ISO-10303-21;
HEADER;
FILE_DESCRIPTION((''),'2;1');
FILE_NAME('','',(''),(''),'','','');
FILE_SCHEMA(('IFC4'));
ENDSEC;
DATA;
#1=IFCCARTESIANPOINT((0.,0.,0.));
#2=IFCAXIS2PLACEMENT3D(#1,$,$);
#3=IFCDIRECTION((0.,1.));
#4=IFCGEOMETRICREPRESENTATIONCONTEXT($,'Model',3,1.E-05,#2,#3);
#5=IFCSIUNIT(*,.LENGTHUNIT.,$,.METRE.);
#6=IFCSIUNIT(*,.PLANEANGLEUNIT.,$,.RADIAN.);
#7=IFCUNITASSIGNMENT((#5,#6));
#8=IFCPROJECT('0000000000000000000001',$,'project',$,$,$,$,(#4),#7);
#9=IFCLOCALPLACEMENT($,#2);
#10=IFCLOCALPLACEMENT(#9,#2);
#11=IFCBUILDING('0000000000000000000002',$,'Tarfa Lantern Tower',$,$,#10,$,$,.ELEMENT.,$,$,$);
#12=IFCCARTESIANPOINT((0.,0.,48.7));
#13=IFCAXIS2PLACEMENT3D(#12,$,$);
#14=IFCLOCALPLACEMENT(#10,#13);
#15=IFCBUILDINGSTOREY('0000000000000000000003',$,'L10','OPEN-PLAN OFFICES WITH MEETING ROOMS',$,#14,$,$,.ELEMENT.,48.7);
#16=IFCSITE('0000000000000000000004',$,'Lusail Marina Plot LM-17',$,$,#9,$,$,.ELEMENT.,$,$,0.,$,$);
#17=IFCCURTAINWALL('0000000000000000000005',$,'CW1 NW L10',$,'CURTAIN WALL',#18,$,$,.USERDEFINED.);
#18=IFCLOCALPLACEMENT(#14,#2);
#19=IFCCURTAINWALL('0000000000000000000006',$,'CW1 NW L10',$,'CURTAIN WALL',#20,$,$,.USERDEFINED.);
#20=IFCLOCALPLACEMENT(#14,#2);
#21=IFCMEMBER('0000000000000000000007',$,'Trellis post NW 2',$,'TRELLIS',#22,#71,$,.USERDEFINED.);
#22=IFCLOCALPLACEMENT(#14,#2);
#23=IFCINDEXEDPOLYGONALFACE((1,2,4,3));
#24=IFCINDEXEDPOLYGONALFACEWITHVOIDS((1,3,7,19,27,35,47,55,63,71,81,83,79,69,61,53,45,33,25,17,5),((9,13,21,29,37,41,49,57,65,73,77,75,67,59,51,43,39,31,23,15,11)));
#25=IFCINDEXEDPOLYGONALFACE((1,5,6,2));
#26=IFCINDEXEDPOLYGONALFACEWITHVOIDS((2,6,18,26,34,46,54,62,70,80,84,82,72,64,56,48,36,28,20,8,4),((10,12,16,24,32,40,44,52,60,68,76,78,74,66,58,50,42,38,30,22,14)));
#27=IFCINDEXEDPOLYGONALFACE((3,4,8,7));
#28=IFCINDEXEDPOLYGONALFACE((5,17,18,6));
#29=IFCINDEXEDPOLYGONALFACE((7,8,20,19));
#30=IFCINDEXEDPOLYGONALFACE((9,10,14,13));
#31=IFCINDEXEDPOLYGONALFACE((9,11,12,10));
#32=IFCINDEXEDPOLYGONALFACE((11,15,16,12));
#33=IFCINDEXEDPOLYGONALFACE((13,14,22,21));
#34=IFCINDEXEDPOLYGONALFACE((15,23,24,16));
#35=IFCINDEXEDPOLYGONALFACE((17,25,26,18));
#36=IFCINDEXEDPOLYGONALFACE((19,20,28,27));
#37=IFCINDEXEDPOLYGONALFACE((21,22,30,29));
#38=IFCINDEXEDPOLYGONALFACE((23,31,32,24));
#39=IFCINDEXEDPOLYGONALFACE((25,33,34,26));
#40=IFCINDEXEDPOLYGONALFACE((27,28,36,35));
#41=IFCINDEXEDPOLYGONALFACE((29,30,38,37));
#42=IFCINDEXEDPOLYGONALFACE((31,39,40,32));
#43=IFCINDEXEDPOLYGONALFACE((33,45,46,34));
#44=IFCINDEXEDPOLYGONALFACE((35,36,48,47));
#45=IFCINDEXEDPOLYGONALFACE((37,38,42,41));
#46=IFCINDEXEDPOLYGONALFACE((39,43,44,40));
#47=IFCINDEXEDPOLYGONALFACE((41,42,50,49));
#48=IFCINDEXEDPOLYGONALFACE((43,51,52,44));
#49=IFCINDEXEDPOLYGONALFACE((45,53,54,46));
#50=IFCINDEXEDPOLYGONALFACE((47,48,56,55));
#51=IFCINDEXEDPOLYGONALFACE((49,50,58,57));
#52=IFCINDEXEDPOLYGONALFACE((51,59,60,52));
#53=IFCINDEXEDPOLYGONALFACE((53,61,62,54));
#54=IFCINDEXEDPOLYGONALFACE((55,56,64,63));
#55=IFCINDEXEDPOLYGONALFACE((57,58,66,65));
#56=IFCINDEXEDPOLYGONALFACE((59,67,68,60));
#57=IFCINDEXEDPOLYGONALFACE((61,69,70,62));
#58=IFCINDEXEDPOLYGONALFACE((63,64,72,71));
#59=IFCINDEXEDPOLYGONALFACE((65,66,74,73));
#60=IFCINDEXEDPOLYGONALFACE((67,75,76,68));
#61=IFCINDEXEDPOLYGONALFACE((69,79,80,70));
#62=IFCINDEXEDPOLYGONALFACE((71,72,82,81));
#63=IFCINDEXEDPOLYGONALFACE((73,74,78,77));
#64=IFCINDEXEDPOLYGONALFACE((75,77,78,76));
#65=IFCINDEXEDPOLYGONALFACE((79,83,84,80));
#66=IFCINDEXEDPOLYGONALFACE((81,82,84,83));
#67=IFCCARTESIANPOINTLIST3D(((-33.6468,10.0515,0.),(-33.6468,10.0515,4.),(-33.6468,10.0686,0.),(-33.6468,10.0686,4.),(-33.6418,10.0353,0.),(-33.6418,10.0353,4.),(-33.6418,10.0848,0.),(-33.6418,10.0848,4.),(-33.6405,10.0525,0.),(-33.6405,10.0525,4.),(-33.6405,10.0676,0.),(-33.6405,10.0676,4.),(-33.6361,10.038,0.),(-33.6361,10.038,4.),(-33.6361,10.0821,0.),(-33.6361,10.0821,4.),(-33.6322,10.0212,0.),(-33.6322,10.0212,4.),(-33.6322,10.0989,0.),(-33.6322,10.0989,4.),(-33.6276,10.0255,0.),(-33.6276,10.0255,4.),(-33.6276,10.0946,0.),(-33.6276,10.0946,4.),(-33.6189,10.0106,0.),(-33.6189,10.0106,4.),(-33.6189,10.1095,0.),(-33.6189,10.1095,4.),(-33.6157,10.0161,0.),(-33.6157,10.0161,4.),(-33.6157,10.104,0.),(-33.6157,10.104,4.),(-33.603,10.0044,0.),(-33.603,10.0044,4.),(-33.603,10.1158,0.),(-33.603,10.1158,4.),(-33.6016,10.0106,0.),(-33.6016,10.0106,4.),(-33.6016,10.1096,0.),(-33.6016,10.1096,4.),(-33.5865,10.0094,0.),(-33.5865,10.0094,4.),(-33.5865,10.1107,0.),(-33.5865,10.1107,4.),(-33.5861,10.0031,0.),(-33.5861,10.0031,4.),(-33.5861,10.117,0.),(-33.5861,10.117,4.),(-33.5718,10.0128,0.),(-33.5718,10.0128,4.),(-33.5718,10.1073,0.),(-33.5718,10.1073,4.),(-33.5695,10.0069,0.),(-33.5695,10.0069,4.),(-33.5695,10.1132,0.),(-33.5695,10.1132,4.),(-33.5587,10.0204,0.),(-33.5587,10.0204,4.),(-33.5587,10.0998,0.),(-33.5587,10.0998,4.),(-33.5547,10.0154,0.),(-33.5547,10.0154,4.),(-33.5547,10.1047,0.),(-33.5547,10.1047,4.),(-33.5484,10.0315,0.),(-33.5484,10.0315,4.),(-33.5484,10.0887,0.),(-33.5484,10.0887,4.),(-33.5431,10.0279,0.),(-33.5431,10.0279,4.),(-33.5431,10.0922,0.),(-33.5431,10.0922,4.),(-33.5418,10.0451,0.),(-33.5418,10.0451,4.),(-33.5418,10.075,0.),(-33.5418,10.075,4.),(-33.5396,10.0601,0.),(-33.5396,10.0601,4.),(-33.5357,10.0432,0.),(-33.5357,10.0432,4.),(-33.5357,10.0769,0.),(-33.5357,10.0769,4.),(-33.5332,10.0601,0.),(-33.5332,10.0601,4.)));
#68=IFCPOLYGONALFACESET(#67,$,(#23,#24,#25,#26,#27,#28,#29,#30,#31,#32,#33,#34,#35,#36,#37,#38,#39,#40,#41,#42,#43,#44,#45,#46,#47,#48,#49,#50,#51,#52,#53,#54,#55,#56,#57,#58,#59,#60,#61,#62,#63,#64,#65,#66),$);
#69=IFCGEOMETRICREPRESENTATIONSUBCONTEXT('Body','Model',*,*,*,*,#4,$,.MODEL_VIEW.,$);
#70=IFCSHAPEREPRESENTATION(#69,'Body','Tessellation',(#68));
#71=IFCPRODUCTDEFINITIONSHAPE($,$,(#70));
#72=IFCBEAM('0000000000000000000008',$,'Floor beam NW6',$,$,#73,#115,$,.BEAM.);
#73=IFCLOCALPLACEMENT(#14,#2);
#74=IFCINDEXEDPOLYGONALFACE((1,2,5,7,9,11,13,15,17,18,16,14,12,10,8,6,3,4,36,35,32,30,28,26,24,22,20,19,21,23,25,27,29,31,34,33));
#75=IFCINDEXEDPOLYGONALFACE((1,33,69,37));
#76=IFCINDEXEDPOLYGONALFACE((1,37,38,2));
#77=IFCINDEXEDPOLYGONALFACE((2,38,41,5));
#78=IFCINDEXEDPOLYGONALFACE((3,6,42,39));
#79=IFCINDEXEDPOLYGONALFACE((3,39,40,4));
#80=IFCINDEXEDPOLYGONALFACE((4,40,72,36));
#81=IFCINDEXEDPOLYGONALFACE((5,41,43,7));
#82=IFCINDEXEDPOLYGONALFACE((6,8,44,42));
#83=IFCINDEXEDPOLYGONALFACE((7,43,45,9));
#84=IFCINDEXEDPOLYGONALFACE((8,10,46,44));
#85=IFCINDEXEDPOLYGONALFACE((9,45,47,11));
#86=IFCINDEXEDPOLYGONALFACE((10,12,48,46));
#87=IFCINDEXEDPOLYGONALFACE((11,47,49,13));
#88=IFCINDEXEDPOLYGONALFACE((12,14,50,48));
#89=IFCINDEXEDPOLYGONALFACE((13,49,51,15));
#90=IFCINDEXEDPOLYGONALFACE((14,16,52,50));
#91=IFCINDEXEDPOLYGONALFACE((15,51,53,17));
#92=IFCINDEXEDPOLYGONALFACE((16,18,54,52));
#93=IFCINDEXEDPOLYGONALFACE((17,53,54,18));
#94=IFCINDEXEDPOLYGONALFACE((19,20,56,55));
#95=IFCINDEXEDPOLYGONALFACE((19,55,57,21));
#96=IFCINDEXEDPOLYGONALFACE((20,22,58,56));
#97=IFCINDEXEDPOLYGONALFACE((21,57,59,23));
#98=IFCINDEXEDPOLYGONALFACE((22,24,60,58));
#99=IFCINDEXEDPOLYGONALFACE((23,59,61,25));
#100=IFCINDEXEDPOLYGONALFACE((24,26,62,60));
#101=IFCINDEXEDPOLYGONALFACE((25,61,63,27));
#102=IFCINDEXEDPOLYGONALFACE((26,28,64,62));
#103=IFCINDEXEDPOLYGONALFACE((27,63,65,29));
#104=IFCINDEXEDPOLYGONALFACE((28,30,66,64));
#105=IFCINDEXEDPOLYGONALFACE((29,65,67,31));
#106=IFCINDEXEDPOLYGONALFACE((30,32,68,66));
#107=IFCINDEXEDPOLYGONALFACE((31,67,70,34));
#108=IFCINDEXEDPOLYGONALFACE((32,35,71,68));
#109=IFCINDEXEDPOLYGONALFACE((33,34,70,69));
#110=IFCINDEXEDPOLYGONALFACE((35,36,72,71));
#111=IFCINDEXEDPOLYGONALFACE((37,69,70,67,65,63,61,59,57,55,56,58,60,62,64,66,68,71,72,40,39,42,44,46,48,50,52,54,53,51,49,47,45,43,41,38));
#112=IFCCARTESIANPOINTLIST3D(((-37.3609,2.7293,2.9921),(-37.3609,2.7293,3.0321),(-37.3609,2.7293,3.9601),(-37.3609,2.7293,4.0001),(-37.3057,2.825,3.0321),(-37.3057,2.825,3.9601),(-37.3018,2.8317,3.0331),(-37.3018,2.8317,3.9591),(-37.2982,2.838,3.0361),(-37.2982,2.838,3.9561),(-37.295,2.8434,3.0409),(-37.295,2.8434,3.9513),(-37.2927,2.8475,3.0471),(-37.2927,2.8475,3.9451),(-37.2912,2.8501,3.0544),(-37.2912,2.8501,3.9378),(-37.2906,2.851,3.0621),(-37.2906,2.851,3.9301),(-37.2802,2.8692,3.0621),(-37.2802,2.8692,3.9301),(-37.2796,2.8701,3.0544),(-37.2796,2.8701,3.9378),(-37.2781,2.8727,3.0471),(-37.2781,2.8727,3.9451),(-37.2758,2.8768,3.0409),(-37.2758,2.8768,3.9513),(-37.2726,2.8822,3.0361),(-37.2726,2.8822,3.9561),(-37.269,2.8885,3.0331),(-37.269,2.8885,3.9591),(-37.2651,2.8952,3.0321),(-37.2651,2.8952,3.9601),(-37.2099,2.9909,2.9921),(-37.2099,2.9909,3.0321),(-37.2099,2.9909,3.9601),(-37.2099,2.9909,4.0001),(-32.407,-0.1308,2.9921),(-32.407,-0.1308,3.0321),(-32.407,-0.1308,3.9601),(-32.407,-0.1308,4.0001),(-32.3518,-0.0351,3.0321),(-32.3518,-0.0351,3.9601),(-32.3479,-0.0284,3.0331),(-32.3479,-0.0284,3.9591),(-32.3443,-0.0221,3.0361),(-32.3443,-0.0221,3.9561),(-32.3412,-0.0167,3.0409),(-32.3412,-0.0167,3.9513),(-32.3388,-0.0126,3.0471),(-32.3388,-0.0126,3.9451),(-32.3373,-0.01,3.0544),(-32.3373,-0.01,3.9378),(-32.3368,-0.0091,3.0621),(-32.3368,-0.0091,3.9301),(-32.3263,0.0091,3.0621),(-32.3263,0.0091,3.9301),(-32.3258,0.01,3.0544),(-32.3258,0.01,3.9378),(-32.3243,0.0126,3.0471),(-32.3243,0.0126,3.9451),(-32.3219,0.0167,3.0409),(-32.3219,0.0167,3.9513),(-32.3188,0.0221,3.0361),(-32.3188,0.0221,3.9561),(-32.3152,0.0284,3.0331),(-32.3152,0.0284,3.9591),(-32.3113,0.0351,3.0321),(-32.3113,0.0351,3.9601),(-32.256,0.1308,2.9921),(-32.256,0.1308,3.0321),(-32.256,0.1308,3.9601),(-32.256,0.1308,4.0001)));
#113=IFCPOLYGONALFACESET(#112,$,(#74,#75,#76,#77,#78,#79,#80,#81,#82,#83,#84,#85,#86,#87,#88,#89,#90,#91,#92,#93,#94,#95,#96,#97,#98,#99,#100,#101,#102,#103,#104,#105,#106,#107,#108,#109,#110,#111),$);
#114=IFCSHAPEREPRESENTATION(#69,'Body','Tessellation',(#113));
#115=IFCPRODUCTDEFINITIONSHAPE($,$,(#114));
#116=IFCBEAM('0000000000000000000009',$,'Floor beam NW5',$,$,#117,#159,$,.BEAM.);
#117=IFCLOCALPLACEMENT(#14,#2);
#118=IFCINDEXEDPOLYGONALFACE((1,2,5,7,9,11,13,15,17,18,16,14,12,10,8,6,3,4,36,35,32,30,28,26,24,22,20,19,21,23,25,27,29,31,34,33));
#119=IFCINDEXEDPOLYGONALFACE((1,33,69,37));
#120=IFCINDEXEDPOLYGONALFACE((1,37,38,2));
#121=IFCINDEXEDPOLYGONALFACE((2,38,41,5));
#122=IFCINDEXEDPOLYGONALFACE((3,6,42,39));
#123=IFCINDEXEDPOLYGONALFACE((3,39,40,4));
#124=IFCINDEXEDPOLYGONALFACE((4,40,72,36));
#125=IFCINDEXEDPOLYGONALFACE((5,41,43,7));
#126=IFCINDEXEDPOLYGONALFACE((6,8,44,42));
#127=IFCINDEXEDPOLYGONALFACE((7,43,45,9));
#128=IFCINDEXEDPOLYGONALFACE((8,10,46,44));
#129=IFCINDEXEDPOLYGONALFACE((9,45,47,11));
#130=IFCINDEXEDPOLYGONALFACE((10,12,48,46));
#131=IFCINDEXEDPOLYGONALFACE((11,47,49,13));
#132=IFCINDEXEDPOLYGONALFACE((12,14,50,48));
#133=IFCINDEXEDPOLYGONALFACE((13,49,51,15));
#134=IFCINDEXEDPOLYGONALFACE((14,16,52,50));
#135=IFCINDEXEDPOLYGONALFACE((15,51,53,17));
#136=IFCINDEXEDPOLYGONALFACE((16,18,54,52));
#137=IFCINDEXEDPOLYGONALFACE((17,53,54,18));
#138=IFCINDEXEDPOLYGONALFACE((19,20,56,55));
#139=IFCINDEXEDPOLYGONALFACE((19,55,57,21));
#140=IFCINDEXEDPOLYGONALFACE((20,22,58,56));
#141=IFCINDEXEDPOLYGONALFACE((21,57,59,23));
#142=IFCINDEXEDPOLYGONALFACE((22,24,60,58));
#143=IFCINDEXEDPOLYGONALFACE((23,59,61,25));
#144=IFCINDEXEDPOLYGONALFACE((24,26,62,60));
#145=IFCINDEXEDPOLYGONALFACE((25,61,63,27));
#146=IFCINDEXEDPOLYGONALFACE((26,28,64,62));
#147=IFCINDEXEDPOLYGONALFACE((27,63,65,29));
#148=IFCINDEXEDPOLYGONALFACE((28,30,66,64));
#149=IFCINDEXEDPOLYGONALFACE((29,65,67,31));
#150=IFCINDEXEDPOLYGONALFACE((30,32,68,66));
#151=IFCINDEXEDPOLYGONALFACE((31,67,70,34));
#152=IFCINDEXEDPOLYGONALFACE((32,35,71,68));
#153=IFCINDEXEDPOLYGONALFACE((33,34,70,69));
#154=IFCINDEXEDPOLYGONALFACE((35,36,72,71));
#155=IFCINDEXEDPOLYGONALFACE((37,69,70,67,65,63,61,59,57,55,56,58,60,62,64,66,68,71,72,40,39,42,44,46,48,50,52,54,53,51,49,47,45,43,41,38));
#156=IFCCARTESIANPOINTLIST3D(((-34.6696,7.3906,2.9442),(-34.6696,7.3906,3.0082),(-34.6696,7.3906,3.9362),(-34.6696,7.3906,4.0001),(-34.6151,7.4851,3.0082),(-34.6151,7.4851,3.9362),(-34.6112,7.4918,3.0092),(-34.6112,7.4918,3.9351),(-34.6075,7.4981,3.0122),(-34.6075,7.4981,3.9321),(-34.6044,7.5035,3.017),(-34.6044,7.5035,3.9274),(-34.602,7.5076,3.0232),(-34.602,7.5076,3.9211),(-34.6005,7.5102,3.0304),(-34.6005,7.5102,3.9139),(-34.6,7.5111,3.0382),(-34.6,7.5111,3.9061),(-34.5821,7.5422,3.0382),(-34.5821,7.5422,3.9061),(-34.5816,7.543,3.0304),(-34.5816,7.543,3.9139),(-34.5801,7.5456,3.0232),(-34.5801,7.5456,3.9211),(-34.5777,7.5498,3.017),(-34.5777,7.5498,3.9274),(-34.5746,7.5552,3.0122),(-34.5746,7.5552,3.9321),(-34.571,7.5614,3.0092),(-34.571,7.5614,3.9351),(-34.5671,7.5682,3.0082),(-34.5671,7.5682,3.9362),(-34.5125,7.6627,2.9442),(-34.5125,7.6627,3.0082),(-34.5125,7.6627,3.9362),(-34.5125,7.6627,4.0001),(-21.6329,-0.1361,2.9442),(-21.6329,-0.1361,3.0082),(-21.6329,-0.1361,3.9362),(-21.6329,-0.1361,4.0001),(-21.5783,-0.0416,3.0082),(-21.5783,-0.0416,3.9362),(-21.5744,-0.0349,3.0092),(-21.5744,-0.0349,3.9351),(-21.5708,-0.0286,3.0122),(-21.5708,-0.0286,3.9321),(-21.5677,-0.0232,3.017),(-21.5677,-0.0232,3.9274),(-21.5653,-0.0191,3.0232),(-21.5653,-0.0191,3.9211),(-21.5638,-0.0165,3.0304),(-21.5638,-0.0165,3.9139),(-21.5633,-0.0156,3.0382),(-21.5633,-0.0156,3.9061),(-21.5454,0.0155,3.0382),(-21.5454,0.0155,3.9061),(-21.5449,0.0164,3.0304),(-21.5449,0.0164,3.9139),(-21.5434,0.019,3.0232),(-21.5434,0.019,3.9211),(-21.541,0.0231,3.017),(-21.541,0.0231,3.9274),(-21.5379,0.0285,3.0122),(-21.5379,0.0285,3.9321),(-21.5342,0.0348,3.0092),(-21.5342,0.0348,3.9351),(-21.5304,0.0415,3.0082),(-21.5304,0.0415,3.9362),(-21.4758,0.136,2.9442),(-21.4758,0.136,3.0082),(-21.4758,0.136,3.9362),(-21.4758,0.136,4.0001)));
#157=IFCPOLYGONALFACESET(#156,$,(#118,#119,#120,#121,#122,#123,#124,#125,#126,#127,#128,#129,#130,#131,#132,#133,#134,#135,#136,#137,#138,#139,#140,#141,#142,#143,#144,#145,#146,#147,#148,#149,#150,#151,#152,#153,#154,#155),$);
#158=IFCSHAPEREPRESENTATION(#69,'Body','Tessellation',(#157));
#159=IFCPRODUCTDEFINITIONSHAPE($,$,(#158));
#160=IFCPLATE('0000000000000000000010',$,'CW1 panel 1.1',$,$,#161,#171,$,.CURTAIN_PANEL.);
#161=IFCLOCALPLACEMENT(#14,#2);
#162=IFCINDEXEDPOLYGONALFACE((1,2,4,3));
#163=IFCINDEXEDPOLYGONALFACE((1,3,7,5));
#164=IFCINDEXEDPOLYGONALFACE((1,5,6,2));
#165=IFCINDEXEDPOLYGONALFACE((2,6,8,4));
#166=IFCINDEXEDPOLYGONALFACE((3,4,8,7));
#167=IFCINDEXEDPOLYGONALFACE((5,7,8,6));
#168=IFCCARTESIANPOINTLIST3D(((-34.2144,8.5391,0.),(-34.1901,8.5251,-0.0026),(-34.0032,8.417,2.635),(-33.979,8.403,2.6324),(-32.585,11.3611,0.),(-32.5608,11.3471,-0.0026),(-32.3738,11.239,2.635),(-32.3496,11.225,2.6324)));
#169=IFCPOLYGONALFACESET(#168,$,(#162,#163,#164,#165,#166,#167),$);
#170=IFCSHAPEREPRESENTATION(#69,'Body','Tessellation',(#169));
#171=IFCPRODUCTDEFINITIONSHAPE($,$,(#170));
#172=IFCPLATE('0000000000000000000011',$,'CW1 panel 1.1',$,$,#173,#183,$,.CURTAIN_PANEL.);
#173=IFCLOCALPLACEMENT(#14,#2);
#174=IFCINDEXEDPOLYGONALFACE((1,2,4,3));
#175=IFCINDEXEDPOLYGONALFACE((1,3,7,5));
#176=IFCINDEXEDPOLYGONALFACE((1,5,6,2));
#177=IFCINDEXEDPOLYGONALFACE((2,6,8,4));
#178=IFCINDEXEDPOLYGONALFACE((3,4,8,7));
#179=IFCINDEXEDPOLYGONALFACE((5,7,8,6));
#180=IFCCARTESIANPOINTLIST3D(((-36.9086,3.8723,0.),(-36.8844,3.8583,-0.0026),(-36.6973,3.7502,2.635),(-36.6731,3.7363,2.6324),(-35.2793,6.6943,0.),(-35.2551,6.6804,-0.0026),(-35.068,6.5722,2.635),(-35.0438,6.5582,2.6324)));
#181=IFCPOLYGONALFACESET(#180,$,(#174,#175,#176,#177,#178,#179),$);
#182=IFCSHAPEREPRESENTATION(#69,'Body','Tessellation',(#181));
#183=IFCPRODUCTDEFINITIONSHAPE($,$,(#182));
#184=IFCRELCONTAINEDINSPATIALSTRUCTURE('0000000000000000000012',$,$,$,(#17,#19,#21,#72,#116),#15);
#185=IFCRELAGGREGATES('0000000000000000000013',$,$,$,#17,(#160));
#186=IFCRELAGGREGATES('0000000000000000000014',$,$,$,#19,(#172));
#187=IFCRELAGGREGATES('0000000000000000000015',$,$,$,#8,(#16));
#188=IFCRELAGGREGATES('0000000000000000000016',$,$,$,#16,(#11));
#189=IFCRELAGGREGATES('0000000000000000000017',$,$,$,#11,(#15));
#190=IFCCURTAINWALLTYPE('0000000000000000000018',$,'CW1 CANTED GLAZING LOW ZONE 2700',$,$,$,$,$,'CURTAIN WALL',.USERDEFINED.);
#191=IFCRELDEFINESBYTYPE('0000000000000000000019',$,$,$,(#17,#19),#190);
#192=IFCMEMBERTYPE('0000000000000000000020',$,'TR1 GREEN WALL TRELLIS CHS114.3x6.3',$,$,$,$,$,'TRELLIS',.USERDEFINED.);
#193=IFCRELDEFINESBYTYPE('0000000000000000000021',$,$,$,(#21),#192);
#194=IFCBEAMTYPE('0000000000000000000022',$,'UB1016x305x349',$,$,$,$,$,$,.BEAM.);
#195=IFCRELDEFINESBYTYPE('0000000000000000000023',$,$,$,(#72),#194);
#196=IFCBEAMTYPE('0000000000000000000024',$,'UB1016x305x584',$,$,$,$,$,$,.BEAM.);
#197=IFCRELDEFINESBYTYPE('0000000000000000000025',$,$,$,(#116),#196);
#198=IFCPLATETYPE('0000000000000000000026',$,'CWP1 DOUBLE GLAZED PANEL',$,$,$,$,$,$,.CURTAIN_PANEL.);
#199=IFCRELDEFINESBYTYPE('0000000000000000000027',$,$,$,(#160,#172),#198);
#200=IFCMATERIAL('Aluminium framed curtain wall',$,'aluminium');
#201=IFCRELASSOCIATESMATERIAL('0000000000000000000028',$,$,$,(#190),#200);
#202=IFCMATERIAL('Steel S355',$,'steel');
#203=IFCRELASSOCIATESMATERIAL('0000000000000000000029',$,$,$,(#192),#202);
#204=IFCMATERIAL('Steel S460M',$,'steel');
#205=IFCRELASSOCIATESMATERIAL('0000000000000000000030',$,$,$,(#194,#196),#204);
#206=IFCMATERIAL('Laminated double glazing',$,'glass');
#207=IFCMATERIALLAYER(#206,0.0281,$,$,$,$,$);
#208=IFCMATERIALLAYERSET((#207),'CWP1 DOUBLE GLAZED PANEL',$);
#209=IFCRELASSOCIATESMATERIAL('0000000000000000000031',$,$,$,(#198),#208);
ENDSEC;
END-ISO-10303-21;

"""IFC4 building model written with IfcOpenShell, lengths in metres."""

from ifc_helpers import new_model, si_unit, direction, frame, origin, origin_2d, place, context, subcontext, project, spatial, polyline, hollow_circle, i_section, outline, extrude, material, layer, layer_set, material_profile, profile_set, type_object, element, aggregate, save


model = new_model("IFC4")

# Units and contexts
model_context = context("Model", 3, precision=1e-05, world=origin(), true_north=direction((0.0, 1.0)))
body_context = subcontext(model_context, "Body", "Model", "MODEL_VIEW")
ifc_project = project(units=[si_unit("LENGTHUNIT", "METRE"), si_unit("PLANEANGLEUNIT", "RADIAN")], contexts=[model_context])

# Site, building, storey
site_placement = place(None, origin())
site = spatial("IfcSite", under=ifc_project, at=site_placement, Name="Lusail Marina Plot LM-17", CompositionType="ELEMENT", RefElevation=0.0)
building_placement = place(site_placement, origin())
building = spatial("IfcBuilding", under=site, at=building_placement, Name="Tarfa Lantern Tower", CompositionType="ELEMENT")
storey_placement = place(building_placement, frame((0.0, 0.0, 48.7)))
storey = spatial("IfcBuildingStorey", under=building, at=storey_placement, Name="L10", Description="OPEN-PLAN OFFICES WITH MEETING ROOMS", CompositionType="ELEMENT", Elevation=48.7)

# Curtain walls
ifc_material_1 = material(Name="Aluminium framed curtain wall", Category="aluminium")
curtain_wall_type = type_object("IfcCurtainWallType", Name="CW1 CANTED GLAZING LOW ZONE 2700", ElementType="CURTAIN WALL", PredefinedType="USERDEFINED", material=ifc_material_1)
curtain_wall_1_placement = place(storey_placement, origin())
curtain_wall_1 = element("IfcCurtainWall", 1, at=curtain_wall_1_placement, inside=storey, type_object=curtain_wall_type, Name="CW1 NW L10", ObjectType="CURTAIN WALL", PredefinedType="USERDEFINED")
curtain_wall_2_placement = place(storey_placement, origin())
curtain_wall_2 = element("IfcCurtainWall", 2, at=curtain_wall_2_placement, inside=storey, type_object=curtain_wall_type, Name="CW1 NW L10", ObjectType="CURTAIN WALL", PredefinedType="USERDEFINED")

# Member
ifc_material_2 = material(Name="Steel S355", Category="steel")
ifc_material_profile_1 = material_profile(ifc_material_2, hollow_circle(Radius=0.0571, WallThickness=0.0063, at=origin_2d()), Name="CHS114.3x6.3")
ifc_profile_set_1 = profile_set([ifc_material_profile_1], Name="Steel S355")
member_type_1 = type_object("IfcMemberType", Name="TR1 GREEN WALL TRELLIS CHS114.3x6.3", ElementType="TRELLIS", PredefinedType="USERDEFINED", material=ifc_profile_set_1)
member_1_placement = place(storey_placement, frame((-33.5903, 10.0601, 0.0), z_axis=(0.0, 0.0, 1.0), x_axis=(1.0, 0.0, 0.0)))
element("IfcMember", 3, at=member_1_placement, inside=storey, type_object=member_type_1, Name="Trellis post NW 2", ObjectType="TRELLIS", PredefinedType="USERDEFINED", context=body_context, shape_type="SweptSolid", body=[
    extrude(hollow_circle(Radius=0.0571, WallThickness=0.0063, at=origin_2d()), origin(), (0.0, 0.0, 1.0), 4.0),
])

# Beams
ifc_material_3 = material(Name="Steel S460M", Category="steel")
ifc_material_profile_2 = material_profile(ifc_material_3, i_section(OverallWidth=0.302, OverallDepth=1.0081, WebThickness=0.021, FlangeThickness=0.04, FilletRadius=0.03, at=origin_2d()), Name="UB1016x305x349")
ifc_profile_set_2 = profile_set([ifc_material_profile_2], Name="Steel S460M")
beam_type_1 = type_object("IfcBeamType", Name="UB1016x305x349", PredefinedType="BEAM", material=ifc_profile_set_2)
beam_1_placement = place(storey_placement, frame((-37.2854, 2.8601, 3.4961), z_axis=(0.866026, -0.5, 0.0), x_axis=(0.5, 0.866026, 0.0)))
element("IfcBeam", 4, at=beam_1_placement, inside=storey, type_object=beam_type_1, Name="Floor beam NW6", PredefinedType="BEAM", context=body_context, shape_type="SweptSolid", body=[
    extrude(i_section(OverallWidth=0.302, OverallDepth=1.0081, WebThickness=0.021, FlangeThickness=0.04, FilletRadius=0.03, at=origin_2d()), origin(), (0.0, 0.0, 1.0), 5.7202),
])
ifc_material_profile_3 = material_profile(ifc_material_3, i_section(OverallWidth=0.3142, OverallDepth=1.0559, WebThickness=0.0359, FlangeThickness=0.064, FilletRadius=0.03, at=origin_2d()), Name="UB1016x305x584")
ifc_profile_set_3 = profile_set([ifc_material_profile_3], Name="Steel S460M")
beam_type_2 = type_object("IfcBeamType", Name="UB1016x305x584", PredefinedType="BEAM", material=ifc_profile_set_3)
beam_2_placement = place(storey_placement, frame((-34.5911, 7.5266, 3.4722), z_axis=(0.866028, -0.499996, 0.0), x_axis=(0.499996, 0.866028, 0.0)))
element("IfcBeam", 5, at=beam_2_placement, inside=storey, type_object=beam_type_2, Name="Floor beam NW5", PredefinedType="BEAM", context=body_context, shape_type="SweptSolid", body=[
    extrude(i_section(OverallWidth=0.3142, OverallDepth=1.0559, WebThickness=0.0359, FlangeThickness=0.064, FilletRadius=0.03, at=origin_2d()), origin(), (0.0, 0.0, 1.0), 15.0535),
])

# Plates
ifc_material_4 = material(Name="Laminated double glazing", Category="glass")
ifc_layer_1 = layer(ifc_material_4, 0.0281)
ifc_layer_set_1 = layer_set([ifc_layer_1], Name="CWP1 DOUBLE GLAZED PANEL")
plate_type = type_object("IfcPlateType", Name="CWP1 DOUBLE GLAZED PANEL", PredefinedType="CURTAIN_PANEL", material=ifc_layer_set_1)
plate_1_placement = place(storey_placement, frame((-32.585, 11.3611, 0.0), z_axis=(-0.862325, 0.497894, 0.092176), x_axis=(-0.500023, -0.866012, 0.0)))
plate_1 = element("IfcPlate", 6, at=plate_1_placement, type_object=plate_type, Name="CW1 panel 1.1", PredefinedType="CURTAIN_PANEL", context=body_context, shape_type="SweptSolid", body=[
    extrude(outline(polyline([(0.0, 0.0), (3.2586, 0.0), (3.2588, 2.6463), (0.0001, 2.6463), (0.0, 0.0)])), origin(), (0.0, 0.0, -1.0), 0.0281),
])
aggregate(curtain_wall_1, [plate_1])
plate_2_placement = place(storey_placement, frame((-35.2793, 6.6943, 0.0), z_axis=(-0.862338, 0.497864, 0.092216), x_axis=(-0.499995, -0.866028, -0.000003)))
plate_2 = element("IfcPlate", 7, at=plate_2_placement, type_object=plate_type, Name="CW1 panel 1.1", PredefinedType="CURTAIN_PANEL", context=body_context, shape_type="SweptSolid", body=[
    extrude(outline(polyline([(0.0, 0.0), (3.2586, 0.0), (3.2586, 2.6463), (0.0001, 2.6463), (0.0, 0.0)])), origin(), (0.0, 0.0, -1.0), 0.0281),
])
aggregate(curtain_wall_2, [plate_2])

save(model, "model.ifc")
